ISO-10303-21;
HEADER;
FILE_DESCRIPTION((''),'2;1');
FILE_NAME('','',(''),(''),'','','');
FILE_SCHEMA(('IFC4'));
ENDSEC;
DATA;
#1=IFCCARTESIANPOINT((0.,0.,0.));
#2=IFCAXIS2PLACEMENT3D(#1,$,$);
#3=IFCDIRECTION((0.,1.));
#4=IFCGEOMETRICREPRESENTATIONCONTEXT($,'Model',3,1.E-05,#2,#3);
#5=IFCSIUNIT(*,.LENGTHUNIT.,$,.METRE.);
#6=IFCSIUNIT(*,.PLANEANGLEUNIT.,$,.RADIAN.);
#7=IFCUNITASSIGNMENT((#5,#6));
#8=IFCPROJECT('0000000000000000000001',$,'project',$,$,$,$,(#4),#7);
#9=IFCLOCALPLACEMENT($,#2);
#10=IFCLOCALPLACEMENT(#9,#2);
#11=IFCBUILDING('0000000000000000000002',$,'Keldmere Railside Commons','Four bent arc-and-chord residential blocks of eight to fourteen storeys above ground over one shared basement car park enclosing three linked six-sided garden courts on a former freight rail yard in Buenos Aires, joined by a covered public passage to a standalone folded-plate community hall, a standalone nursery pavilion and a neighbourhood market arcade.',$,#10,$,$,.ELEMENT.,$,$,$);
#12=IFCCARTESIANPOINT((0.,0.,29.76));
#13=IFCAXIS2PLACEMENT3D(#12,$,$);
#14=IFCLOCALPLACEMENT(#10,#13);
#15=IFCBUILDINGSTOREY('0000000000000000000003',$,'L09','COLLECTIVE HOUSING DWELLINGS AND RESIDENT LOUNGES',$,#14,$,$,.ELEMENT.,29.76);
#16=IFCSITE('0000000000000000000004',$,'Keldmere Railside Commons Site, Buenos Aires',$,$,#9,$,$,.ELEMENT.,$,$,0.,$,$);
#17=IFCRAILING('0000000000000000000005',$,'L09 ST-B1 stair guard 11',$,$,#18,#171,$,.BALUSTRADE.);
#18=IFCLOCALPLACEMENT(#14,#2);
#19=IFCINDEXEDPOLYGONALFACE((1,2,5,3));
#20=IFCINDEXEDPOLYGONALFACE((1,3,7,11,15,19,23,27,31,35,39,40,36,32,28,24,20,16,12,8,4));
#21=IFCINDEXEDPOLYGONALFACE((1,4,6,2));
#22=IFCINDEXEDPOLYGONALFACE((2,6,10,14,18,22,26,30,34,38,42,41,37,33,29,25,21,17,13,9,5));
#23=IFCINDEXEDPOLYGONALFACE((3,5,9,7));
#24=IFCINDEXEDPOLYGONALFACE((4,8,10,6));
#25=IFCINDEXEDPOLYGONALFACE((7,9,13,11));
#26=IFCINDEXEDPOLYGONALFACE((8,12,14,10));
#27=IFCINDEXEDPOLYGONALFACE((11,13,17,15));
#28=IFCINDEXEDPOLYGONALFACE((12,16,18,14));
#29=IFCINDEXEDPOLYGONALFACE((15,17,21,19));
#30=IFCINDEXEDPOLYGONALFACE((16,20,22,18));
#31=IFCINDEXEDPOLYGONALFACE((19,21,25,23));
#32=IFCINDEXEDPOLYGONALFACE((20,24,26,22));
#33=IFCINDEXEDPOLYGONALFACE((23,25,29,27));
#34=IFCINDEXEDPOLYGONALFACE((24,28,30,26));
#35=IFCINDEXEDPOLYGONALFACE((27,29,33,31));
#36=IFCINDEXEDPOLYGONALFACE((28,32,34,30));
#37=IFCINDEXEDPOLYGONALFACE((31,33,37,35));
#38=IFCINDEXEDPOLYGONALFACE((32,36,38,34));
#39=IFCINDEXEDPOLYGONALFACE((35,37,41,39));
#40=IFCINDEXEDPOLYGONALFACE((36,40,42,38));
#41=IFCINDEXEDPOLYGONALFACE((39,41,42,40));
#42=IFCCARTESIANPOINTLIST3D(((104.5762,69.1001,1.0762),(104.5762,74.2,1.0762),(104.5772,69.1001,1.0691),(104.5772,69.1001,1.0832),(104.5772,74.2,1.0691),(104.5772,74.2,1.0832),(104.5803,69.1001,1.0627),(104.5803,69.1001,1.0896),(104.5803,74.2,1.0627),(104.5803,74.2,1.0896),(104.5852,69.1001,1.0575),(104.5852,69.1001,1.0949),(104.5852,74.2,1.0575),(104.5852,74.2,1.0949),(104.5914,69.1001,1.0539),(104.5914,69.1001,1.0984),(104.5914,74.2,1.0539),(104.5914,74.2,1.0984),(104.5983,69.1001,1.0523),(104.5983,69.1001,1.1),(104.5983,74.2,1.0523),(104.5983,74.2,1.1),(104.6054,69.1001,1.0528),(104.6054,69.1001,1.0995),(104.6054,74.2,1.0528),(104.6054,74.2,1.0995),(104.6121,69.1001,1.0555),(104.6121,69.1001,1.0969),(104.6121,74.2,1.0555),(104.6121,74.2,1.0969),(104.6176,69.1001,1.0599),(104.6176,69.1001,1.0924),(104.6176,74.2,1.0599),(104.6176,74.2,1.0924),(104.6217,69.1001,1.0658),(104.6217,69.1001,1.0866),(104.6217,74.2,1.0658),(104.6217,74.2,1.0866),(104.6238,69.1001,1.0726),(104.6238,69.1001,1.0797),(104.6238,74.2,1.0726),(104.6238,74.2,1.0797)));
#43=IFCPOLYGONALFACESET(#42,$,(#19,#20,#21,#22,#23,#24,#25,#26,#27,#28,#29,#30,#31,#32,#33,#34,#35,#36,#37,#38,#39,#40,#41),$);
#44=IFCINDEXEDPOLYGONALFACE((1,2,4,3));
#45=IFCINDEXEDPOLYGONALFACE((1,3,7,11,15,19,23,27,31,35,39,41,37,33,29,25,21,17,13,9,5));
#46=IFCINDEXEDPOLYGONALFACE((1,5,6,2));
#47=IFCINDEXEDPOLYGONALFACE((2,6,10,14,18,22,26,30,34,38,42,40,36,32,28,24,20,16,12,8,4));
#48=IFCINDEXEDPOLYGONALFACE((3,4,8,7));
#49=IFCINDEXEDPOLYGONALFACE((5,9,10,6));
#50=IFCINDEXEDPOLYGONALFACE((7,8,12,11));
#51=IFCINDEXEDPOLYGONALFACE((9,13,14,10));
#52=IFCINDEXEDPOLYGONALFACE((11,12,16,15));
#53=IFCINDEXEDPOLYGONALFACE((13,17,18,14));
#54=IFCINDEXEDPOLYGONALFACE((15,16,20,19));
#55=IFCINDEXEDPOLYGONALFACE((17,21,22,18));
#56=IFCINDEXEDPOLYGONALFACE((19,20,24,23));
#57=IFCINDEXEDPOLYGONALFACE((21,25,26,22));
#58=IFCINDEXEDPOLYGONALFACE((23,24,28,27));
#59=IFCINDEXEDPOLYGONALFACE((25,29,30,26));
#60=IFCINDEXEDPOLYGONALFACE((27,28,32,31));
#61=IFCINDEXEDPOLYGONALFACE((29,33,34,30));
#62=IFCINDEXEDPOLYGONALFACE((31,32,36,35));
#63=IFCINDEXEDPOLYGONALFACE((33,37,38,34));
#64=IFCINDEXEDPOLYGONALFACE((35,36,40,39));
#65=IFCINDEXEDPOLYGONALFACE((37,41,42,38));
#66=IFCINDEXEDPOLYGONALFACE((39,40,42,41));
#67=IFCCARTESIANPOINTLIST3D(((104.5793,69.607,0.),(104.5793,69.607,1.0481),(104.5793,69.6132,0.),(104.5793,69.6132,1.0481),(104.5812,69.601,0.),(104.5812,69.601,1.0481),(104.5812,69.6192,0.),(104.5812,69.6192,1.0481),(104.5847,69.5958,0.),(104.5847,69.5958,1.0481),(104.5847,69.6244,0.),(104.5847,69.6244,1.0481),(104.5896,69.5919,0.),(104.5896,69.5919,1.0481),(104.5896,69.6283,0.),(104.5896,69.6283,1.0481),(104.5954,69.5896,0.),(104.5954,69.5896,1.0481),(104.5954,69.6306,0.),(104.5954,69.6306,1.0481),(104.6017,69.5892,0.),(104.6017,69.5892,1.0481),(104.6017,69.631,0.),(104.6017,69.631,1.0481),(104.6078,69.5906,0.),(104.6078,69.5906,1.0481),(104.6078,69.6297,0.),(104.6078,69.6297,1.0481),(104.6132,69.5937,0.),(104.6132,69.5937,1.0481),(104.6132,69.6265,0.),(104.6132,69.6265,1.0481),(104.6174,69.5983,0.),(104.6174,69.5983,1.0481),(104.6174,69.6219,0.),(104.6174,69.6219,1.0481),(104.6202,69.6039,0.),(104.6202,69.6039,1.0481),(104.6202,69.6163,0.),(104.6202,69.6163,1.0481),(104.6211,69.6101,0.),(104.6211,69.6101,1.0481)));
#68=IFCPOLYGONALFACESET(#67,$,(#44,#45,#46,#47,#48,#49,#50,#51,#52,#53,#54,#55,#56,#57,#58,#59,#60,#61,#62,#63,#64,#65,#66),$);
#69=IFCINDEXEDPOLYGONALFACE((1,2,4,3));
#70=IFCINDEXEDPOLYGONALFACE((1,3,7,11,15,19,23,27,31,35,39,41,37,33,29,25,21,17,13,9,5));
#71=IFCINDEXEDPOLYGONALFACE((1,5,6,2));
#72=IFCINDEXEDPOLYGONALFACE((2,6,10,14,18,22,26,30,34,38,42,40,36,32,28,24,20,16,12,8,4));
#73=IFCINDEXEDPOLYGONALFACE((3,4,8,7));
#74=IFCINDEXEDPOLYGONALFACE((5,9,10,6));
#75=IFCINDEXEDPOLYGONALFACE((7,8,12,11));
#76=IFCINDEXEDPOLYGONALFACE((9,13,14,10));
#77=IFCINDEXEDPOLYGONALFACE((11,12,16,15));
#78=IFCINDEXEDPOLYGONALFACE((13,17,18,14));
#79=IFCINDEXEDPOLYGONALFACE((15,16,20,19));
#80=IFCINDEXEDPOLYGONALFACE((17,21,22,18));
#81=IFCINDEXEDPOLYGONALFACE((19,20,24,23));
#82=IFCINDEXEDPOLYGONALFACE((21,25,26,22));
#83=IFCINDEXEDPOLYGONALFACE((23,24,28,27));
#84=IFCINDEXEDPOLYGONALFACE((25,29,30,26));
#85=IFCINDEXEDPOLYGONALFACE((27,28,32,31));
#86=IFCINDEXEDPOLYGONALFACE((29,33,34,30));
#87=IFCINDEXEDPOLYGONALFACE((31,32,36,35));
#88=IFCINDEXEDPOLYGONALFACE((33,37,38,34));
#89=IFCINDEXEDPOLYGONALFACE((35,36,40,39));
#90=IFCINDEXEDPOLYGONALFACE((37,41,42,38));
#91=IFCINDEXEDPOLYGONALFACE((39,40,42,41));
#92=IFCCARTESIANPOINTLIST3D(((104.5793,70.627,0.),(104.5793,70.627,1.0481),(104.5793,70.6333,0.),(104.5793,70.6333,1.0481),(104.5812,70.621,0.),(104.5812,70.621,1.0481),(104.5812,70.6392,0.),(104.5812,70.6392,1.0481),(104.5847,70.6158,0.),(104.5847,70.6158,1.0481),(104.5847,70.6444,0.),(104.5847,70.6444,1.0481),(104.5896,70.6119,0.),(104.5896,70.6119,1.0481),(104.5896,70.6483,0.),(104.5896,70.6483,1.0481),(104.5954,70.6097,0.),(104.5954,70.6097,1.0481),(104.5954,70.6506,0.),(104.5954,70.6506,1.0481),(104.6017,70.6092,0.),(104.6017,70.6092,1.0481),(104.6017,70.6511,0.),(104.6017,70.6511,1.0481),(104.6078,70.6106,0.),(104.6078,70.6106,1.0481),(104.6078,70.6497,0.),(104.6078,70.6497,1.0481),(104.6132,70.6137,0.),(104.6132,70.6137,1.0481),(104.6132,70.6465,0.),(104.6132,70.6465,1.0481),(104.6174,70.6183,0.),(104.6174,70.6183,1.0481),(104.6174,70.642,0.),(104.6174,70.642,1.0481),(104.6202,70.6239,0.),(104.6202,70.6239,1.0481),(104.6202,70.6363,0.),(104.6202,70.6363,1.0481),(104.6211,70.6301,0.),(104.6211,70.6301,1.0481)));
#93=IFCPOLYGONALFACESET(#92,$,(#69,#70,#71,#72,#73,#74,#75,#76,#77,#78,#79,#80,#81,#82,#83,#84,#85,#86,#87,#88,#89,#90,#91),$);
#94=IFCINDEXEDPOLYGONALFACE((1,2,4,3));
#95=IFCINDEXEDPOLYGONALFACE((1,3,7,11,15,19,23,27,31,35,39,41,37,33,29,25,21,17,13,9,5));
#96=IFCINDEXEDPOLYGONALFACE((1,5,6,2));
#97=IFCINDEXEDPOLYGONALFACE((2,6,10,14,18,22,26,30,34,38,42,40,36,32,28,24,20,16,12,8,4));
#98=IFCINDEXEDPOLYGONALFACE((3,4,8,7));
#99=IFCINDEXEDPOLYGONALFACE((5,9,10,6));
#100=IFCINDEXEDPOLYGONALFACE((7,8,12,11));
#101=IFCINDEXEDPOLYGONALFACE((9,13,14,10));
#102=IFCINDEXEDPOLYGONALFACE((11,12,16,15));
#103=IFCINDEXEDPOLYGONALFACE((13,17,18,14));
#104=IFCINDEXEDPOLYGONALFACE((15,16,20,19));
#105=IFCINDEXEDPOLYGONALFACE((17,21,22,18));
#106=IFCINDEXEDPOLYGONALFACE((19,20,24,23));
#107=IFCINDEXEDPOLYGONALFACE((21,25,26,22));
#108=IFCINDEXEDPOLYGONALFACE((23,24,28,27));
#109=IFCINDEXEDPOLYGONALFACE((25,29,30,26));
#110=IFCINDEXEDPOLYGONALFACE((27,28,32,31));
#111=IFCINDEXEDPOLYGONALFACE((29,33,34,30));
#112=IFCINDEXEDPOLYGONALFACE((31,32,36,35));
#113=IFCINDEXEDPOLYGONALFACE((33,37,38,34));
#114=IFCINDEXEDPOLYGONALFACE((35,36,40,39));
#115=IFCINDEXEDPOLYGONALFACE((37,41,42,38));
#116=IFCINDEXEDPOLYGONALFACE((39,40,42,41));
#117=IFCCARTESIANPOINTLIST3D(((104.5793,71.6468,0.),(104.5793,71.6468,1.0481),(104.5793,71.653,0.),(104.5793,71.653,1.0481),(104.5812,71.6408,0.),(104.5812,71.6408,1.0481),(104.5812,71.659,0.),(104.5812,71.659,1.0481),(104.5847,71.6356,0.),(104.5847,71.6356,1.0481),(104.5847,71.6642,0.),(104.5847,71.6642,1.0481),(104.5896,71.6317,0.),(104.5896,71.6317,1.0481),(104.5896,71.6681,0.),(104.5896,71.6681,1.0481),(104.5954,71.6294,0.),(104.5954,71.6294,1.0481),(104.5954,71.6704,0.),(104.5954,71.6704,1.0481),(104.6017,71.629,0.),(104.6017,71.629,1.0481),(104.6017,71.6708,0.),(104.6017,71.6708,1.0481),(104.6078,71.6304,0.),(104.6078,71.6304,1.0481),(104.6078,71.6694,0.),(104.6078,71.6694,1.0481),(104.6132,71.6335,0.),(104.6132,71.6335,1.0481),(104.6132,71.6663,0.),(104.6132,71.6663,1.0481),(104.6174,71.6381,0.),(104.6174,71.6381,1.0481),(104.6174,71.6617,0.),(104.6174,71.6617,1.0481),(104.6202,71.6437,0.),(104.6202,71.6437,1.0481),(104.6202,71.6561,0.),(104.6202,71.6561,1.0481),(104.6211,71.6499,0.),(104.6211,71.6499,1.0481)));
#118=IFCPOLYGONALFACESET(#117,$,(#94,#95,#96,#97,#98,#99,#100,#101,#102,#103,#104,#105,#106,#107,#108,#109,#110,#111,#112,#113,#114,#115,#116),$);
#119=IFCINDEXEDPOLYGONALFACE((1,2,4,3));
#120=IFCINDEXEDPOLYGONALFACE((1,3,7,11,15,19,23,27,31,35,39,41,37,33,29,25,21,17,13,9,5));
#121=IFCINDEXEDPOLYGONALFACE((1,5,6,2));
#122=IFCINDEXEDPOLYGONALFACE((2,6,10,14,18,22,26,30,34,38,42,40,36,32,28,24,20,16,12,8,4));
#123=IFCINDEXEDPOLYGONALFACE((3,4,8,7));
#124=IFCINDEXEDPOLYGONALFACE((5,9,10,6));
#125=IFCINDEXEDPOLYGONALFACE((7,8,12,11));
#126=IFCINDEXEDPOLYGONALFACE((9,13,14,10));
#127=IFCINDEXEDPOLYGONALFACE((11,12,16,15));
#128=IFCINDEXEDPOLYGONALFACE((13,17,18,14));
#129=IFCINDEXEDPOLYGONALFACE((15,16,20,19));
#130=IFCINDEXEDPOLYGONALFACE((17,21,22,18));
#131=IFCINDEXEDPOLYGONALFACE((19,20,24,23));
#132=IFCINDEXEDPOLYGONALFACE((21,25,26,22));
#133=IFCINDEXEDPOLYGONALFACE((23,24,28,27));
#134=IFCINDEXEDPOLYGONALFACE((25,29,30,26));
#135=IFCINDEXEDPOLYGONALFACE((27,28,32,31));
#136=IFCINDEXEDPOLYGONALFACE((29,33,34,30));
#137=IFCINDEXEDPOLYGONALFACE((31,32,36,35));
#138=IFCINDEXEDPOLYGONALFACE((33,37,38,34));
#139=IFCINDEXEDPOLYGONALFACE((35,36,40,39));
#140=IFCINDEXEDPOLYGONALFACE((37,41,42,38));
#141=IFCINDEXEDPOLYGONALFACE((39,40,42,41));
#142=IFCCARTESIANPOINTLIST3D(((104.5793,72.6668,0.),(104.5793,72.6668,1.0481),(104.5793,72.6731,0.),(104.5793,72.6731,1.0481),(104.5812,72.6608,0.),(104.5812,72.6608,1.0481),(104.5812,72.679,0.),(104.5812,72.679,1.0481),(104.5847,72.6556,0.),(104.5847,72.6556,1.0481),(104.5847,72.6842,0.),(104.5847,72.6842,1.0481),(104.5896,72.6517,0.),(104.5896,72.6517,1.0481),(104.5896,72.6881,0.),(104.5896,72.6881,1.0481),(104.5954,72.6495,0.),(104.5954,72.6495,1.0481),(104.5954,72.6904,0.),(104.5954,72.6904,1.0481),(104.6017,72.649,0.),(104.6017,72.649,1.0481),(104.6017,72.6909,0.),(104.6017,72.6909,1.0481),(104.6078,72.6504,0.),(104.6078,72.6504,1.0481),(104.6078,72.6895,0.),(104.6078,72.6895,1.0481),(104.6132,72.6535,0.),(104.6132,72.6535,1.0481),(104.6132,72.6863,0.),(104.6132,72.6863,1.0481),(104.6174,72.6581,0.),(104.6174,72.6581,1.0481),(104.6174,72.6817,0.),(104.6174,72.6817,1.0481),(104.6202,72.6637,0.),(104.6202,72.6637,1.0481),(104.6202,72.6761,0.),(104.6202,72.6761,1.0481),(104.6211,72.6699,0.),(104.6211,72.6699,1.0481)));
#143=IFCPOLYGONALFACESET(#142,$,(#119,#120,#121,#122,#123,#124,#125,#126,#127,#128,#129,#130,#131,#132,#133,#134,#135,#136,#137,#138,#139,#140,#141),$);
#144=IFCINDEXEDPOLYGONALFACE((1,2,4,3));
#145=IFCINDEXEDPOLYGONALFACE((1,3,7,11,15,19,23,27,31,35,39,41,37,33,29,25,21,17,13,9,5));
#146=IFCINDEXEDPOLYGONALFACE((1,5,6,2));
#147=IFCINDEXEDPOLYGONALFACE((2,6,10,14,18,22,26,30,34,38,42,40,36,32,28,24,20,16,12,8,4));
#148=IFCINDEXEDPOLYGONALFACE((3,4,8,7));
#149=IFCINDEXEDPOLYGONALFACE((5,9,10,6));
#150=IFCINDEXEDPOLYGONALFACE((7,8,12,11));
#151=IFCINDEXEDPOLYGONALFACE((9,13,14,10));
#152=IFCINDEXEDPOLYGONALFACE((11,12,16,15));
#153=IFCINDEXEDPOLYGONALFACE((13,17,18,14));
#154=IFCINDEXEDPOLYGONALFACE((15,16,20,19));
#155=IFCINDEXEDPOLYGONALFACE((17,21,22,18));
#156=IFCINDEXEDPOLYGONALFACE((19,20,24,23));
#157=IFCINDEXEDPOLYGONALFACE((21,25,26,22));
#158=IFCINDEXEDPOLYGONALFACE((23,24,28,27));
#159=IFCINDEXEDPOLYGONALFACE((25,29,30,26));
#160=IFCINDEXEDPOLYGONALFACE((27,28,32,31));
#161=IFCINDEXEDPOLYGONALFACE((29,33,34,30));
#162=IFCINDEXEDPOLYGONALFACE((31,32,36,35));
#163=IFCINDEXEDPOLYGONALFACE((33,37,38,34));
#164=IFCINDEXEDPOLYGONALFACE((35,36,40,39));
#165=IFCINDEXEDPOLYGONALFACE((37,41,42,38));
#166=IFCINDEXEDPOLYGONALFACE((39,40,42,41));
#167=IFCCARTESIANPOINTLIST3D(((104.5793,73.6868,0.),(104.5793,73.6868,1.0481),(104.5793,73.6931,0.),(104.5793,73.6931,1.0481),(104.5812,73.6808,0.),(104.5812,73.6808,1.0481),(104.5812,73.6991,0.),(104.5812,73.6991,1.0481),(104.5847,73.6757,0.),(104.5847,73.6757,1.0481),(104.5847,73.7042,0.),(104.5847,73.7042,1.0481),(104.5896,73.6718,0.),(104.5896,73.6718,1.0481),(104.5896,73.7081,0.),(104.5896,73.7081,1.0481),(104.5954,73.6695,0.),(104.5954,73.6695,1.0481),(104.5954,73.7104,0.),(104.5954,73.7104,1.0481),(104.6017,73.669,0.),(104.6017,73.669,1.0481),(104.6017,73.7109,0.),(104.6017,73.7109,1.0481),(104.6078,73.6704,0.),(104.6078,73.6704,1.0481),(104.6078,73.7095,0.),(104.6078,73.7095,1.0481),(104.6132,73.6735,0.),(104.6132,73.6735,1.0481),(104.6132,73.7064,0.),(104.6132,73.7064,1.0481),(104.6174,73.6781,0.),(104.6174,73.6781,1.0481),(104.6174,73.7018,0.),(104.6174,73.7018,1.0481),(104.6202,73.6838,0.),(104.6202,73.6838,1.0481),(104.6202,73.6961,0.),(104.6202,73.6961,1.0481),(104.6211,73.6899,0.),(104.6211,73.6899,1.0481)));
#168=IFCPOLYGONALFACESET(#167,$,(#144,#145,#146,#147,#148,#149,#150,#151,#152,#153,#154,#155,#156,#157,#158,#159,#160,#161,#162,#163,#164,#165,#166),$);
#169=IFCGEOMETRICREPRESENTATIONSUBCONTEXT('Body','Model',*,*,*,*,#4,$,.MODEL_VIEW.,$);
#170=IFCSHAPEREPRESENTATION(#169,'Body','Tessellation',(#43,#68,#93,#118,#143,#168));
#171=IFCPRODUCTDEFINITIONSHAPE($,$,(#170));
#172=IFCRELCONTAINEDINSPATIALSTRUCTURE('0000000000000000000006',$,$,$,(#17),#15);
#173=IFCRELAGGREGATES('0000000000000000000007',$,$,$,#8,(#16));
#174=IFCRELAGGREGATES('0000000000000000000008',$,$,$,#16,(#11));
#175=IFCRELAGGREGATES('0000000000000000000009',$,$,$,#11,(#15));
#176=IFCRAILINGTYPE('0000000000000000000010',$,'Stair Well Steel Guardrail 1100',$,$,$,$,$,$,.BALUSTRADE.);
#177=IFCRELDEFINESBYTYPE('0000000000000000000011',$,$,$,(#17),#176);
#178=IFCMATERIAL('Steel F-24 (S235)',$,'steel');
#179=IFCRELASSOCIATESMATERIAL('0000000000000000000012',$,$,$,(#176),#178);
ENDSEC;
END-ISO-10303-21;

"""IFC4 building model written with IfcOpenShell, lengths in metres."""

from ifc_helpers import new_model, si_unit, direction, frame, origin, origin_2d, place, context, subcontext, project, spatial, circle, extrude, material, type_object, element, save


model = new_model("IFC4")

# Units and contexts
model_context = context("Model", 3, precision=1e-05, world=origin(), true_north=direction((0.0, 1.0)))
body_context = subcontext(model_context, "Body", "Model", "MODEL_VIEW")
ifc_project = project(units=[si_unit("LENGTHUNIT", "METRE"), si_unit("PLANEANGLEUNIT", "RADIAN")], contexts=[model_context])

# Site, building, storey
site_placement = place(None, origin())
site = spatial("IfcSite", under=ifc_project, at=site_placement, Name="Keldmere Railside Commons Site, Buenos Aires", CompositionType="ELEMENT", RefElevation=0.0)
building_placement = place(site_placement, origin())
building = spatial("IfcBuilding", under=site, at=building_placement, Name="Keldmere Railside Commons", Description="Four bent arc-and-chord residential blocks of eight to fourteen storeys above ground over one shared basement car park enclosing three linked six-sided garden courts on a former freight rail yard in Buenos Aires, joined by a covered public passage to a standalone folded-plate community hall, a standalone nursery pavilion and a neighbourhood market arcade.", CompositionType="ELEMENT")
storey_placement = place(building_placement, frame((0.0, 0.0, 29.76)))
storey = spatial("IfcBuildingStorey", under=building, at=storey_placement, Name="L09", Description="COLLECTIVE HOUSING DWELLINGS AND RESIDENT LOUNGES", CompositionType="ELEMENT", Elevation=29.76)

# Railing
ifc_material_1 = material(Name="Steel F-24 (S235)", Category="steel")
railing_type_1 = type_object("IfcRailingType", Name="Stair Well Steel Guardrail 1100", PredefinedType="BALUSTRADE", material=ifc_material_1)
for number, where, name in (
    (1, (104.6001, 69.1001, 0.0), "L09 ST-B1 stair guard 11"),
):
    element("IfcRailing", number, at=place(storey_placement, frame(where)), inside=storey, type_object=railing_type_1, Name=name, PredefinedType="BALUSTRADE", context=body_context, shape_type="SweptSolid", body=[
        extrude(circle(Radius=0.0239, at=origin_2d()), frame((0.0, 0.0, 1.0762), z_axis=(0.0, 1.0, 0.0), x_axis=(-1.0, 0.0, 0.0)), (0.0, 0.0, 1.0), 5.0999),
        extrude(circle(Radius=0.021, at=origin_2d()), frame((0.0, 0.51, 0.0)), (0.0, 0.0, 1.0), 1.0481),
        extrude(circle(Radius=0.021, at=origin_2d()), frame((0.0, 1.53, 0.0)), (0.0, 0.0, 1.0), 1.0481),
        extrude(circle(Radius=0.021, at=origin_2d()), frame((0.0, 2.5498, 0.0)), (0.0, 0.0, 1.0), 1.0481),
        extrude(circle(Radius=0.021, at=origin_2d()), frame((0.0, 3.5698, 0.0)), (0.0, 0.0, 1.0), 1.0481),
        extrude(circle(Radius=0.021, at=origin_2d()), frame((0.0, 4.5898, 0.0)), (0.0, 0.0, 1.0), 1.0481),
    ])

save(model, "model.ifc")
